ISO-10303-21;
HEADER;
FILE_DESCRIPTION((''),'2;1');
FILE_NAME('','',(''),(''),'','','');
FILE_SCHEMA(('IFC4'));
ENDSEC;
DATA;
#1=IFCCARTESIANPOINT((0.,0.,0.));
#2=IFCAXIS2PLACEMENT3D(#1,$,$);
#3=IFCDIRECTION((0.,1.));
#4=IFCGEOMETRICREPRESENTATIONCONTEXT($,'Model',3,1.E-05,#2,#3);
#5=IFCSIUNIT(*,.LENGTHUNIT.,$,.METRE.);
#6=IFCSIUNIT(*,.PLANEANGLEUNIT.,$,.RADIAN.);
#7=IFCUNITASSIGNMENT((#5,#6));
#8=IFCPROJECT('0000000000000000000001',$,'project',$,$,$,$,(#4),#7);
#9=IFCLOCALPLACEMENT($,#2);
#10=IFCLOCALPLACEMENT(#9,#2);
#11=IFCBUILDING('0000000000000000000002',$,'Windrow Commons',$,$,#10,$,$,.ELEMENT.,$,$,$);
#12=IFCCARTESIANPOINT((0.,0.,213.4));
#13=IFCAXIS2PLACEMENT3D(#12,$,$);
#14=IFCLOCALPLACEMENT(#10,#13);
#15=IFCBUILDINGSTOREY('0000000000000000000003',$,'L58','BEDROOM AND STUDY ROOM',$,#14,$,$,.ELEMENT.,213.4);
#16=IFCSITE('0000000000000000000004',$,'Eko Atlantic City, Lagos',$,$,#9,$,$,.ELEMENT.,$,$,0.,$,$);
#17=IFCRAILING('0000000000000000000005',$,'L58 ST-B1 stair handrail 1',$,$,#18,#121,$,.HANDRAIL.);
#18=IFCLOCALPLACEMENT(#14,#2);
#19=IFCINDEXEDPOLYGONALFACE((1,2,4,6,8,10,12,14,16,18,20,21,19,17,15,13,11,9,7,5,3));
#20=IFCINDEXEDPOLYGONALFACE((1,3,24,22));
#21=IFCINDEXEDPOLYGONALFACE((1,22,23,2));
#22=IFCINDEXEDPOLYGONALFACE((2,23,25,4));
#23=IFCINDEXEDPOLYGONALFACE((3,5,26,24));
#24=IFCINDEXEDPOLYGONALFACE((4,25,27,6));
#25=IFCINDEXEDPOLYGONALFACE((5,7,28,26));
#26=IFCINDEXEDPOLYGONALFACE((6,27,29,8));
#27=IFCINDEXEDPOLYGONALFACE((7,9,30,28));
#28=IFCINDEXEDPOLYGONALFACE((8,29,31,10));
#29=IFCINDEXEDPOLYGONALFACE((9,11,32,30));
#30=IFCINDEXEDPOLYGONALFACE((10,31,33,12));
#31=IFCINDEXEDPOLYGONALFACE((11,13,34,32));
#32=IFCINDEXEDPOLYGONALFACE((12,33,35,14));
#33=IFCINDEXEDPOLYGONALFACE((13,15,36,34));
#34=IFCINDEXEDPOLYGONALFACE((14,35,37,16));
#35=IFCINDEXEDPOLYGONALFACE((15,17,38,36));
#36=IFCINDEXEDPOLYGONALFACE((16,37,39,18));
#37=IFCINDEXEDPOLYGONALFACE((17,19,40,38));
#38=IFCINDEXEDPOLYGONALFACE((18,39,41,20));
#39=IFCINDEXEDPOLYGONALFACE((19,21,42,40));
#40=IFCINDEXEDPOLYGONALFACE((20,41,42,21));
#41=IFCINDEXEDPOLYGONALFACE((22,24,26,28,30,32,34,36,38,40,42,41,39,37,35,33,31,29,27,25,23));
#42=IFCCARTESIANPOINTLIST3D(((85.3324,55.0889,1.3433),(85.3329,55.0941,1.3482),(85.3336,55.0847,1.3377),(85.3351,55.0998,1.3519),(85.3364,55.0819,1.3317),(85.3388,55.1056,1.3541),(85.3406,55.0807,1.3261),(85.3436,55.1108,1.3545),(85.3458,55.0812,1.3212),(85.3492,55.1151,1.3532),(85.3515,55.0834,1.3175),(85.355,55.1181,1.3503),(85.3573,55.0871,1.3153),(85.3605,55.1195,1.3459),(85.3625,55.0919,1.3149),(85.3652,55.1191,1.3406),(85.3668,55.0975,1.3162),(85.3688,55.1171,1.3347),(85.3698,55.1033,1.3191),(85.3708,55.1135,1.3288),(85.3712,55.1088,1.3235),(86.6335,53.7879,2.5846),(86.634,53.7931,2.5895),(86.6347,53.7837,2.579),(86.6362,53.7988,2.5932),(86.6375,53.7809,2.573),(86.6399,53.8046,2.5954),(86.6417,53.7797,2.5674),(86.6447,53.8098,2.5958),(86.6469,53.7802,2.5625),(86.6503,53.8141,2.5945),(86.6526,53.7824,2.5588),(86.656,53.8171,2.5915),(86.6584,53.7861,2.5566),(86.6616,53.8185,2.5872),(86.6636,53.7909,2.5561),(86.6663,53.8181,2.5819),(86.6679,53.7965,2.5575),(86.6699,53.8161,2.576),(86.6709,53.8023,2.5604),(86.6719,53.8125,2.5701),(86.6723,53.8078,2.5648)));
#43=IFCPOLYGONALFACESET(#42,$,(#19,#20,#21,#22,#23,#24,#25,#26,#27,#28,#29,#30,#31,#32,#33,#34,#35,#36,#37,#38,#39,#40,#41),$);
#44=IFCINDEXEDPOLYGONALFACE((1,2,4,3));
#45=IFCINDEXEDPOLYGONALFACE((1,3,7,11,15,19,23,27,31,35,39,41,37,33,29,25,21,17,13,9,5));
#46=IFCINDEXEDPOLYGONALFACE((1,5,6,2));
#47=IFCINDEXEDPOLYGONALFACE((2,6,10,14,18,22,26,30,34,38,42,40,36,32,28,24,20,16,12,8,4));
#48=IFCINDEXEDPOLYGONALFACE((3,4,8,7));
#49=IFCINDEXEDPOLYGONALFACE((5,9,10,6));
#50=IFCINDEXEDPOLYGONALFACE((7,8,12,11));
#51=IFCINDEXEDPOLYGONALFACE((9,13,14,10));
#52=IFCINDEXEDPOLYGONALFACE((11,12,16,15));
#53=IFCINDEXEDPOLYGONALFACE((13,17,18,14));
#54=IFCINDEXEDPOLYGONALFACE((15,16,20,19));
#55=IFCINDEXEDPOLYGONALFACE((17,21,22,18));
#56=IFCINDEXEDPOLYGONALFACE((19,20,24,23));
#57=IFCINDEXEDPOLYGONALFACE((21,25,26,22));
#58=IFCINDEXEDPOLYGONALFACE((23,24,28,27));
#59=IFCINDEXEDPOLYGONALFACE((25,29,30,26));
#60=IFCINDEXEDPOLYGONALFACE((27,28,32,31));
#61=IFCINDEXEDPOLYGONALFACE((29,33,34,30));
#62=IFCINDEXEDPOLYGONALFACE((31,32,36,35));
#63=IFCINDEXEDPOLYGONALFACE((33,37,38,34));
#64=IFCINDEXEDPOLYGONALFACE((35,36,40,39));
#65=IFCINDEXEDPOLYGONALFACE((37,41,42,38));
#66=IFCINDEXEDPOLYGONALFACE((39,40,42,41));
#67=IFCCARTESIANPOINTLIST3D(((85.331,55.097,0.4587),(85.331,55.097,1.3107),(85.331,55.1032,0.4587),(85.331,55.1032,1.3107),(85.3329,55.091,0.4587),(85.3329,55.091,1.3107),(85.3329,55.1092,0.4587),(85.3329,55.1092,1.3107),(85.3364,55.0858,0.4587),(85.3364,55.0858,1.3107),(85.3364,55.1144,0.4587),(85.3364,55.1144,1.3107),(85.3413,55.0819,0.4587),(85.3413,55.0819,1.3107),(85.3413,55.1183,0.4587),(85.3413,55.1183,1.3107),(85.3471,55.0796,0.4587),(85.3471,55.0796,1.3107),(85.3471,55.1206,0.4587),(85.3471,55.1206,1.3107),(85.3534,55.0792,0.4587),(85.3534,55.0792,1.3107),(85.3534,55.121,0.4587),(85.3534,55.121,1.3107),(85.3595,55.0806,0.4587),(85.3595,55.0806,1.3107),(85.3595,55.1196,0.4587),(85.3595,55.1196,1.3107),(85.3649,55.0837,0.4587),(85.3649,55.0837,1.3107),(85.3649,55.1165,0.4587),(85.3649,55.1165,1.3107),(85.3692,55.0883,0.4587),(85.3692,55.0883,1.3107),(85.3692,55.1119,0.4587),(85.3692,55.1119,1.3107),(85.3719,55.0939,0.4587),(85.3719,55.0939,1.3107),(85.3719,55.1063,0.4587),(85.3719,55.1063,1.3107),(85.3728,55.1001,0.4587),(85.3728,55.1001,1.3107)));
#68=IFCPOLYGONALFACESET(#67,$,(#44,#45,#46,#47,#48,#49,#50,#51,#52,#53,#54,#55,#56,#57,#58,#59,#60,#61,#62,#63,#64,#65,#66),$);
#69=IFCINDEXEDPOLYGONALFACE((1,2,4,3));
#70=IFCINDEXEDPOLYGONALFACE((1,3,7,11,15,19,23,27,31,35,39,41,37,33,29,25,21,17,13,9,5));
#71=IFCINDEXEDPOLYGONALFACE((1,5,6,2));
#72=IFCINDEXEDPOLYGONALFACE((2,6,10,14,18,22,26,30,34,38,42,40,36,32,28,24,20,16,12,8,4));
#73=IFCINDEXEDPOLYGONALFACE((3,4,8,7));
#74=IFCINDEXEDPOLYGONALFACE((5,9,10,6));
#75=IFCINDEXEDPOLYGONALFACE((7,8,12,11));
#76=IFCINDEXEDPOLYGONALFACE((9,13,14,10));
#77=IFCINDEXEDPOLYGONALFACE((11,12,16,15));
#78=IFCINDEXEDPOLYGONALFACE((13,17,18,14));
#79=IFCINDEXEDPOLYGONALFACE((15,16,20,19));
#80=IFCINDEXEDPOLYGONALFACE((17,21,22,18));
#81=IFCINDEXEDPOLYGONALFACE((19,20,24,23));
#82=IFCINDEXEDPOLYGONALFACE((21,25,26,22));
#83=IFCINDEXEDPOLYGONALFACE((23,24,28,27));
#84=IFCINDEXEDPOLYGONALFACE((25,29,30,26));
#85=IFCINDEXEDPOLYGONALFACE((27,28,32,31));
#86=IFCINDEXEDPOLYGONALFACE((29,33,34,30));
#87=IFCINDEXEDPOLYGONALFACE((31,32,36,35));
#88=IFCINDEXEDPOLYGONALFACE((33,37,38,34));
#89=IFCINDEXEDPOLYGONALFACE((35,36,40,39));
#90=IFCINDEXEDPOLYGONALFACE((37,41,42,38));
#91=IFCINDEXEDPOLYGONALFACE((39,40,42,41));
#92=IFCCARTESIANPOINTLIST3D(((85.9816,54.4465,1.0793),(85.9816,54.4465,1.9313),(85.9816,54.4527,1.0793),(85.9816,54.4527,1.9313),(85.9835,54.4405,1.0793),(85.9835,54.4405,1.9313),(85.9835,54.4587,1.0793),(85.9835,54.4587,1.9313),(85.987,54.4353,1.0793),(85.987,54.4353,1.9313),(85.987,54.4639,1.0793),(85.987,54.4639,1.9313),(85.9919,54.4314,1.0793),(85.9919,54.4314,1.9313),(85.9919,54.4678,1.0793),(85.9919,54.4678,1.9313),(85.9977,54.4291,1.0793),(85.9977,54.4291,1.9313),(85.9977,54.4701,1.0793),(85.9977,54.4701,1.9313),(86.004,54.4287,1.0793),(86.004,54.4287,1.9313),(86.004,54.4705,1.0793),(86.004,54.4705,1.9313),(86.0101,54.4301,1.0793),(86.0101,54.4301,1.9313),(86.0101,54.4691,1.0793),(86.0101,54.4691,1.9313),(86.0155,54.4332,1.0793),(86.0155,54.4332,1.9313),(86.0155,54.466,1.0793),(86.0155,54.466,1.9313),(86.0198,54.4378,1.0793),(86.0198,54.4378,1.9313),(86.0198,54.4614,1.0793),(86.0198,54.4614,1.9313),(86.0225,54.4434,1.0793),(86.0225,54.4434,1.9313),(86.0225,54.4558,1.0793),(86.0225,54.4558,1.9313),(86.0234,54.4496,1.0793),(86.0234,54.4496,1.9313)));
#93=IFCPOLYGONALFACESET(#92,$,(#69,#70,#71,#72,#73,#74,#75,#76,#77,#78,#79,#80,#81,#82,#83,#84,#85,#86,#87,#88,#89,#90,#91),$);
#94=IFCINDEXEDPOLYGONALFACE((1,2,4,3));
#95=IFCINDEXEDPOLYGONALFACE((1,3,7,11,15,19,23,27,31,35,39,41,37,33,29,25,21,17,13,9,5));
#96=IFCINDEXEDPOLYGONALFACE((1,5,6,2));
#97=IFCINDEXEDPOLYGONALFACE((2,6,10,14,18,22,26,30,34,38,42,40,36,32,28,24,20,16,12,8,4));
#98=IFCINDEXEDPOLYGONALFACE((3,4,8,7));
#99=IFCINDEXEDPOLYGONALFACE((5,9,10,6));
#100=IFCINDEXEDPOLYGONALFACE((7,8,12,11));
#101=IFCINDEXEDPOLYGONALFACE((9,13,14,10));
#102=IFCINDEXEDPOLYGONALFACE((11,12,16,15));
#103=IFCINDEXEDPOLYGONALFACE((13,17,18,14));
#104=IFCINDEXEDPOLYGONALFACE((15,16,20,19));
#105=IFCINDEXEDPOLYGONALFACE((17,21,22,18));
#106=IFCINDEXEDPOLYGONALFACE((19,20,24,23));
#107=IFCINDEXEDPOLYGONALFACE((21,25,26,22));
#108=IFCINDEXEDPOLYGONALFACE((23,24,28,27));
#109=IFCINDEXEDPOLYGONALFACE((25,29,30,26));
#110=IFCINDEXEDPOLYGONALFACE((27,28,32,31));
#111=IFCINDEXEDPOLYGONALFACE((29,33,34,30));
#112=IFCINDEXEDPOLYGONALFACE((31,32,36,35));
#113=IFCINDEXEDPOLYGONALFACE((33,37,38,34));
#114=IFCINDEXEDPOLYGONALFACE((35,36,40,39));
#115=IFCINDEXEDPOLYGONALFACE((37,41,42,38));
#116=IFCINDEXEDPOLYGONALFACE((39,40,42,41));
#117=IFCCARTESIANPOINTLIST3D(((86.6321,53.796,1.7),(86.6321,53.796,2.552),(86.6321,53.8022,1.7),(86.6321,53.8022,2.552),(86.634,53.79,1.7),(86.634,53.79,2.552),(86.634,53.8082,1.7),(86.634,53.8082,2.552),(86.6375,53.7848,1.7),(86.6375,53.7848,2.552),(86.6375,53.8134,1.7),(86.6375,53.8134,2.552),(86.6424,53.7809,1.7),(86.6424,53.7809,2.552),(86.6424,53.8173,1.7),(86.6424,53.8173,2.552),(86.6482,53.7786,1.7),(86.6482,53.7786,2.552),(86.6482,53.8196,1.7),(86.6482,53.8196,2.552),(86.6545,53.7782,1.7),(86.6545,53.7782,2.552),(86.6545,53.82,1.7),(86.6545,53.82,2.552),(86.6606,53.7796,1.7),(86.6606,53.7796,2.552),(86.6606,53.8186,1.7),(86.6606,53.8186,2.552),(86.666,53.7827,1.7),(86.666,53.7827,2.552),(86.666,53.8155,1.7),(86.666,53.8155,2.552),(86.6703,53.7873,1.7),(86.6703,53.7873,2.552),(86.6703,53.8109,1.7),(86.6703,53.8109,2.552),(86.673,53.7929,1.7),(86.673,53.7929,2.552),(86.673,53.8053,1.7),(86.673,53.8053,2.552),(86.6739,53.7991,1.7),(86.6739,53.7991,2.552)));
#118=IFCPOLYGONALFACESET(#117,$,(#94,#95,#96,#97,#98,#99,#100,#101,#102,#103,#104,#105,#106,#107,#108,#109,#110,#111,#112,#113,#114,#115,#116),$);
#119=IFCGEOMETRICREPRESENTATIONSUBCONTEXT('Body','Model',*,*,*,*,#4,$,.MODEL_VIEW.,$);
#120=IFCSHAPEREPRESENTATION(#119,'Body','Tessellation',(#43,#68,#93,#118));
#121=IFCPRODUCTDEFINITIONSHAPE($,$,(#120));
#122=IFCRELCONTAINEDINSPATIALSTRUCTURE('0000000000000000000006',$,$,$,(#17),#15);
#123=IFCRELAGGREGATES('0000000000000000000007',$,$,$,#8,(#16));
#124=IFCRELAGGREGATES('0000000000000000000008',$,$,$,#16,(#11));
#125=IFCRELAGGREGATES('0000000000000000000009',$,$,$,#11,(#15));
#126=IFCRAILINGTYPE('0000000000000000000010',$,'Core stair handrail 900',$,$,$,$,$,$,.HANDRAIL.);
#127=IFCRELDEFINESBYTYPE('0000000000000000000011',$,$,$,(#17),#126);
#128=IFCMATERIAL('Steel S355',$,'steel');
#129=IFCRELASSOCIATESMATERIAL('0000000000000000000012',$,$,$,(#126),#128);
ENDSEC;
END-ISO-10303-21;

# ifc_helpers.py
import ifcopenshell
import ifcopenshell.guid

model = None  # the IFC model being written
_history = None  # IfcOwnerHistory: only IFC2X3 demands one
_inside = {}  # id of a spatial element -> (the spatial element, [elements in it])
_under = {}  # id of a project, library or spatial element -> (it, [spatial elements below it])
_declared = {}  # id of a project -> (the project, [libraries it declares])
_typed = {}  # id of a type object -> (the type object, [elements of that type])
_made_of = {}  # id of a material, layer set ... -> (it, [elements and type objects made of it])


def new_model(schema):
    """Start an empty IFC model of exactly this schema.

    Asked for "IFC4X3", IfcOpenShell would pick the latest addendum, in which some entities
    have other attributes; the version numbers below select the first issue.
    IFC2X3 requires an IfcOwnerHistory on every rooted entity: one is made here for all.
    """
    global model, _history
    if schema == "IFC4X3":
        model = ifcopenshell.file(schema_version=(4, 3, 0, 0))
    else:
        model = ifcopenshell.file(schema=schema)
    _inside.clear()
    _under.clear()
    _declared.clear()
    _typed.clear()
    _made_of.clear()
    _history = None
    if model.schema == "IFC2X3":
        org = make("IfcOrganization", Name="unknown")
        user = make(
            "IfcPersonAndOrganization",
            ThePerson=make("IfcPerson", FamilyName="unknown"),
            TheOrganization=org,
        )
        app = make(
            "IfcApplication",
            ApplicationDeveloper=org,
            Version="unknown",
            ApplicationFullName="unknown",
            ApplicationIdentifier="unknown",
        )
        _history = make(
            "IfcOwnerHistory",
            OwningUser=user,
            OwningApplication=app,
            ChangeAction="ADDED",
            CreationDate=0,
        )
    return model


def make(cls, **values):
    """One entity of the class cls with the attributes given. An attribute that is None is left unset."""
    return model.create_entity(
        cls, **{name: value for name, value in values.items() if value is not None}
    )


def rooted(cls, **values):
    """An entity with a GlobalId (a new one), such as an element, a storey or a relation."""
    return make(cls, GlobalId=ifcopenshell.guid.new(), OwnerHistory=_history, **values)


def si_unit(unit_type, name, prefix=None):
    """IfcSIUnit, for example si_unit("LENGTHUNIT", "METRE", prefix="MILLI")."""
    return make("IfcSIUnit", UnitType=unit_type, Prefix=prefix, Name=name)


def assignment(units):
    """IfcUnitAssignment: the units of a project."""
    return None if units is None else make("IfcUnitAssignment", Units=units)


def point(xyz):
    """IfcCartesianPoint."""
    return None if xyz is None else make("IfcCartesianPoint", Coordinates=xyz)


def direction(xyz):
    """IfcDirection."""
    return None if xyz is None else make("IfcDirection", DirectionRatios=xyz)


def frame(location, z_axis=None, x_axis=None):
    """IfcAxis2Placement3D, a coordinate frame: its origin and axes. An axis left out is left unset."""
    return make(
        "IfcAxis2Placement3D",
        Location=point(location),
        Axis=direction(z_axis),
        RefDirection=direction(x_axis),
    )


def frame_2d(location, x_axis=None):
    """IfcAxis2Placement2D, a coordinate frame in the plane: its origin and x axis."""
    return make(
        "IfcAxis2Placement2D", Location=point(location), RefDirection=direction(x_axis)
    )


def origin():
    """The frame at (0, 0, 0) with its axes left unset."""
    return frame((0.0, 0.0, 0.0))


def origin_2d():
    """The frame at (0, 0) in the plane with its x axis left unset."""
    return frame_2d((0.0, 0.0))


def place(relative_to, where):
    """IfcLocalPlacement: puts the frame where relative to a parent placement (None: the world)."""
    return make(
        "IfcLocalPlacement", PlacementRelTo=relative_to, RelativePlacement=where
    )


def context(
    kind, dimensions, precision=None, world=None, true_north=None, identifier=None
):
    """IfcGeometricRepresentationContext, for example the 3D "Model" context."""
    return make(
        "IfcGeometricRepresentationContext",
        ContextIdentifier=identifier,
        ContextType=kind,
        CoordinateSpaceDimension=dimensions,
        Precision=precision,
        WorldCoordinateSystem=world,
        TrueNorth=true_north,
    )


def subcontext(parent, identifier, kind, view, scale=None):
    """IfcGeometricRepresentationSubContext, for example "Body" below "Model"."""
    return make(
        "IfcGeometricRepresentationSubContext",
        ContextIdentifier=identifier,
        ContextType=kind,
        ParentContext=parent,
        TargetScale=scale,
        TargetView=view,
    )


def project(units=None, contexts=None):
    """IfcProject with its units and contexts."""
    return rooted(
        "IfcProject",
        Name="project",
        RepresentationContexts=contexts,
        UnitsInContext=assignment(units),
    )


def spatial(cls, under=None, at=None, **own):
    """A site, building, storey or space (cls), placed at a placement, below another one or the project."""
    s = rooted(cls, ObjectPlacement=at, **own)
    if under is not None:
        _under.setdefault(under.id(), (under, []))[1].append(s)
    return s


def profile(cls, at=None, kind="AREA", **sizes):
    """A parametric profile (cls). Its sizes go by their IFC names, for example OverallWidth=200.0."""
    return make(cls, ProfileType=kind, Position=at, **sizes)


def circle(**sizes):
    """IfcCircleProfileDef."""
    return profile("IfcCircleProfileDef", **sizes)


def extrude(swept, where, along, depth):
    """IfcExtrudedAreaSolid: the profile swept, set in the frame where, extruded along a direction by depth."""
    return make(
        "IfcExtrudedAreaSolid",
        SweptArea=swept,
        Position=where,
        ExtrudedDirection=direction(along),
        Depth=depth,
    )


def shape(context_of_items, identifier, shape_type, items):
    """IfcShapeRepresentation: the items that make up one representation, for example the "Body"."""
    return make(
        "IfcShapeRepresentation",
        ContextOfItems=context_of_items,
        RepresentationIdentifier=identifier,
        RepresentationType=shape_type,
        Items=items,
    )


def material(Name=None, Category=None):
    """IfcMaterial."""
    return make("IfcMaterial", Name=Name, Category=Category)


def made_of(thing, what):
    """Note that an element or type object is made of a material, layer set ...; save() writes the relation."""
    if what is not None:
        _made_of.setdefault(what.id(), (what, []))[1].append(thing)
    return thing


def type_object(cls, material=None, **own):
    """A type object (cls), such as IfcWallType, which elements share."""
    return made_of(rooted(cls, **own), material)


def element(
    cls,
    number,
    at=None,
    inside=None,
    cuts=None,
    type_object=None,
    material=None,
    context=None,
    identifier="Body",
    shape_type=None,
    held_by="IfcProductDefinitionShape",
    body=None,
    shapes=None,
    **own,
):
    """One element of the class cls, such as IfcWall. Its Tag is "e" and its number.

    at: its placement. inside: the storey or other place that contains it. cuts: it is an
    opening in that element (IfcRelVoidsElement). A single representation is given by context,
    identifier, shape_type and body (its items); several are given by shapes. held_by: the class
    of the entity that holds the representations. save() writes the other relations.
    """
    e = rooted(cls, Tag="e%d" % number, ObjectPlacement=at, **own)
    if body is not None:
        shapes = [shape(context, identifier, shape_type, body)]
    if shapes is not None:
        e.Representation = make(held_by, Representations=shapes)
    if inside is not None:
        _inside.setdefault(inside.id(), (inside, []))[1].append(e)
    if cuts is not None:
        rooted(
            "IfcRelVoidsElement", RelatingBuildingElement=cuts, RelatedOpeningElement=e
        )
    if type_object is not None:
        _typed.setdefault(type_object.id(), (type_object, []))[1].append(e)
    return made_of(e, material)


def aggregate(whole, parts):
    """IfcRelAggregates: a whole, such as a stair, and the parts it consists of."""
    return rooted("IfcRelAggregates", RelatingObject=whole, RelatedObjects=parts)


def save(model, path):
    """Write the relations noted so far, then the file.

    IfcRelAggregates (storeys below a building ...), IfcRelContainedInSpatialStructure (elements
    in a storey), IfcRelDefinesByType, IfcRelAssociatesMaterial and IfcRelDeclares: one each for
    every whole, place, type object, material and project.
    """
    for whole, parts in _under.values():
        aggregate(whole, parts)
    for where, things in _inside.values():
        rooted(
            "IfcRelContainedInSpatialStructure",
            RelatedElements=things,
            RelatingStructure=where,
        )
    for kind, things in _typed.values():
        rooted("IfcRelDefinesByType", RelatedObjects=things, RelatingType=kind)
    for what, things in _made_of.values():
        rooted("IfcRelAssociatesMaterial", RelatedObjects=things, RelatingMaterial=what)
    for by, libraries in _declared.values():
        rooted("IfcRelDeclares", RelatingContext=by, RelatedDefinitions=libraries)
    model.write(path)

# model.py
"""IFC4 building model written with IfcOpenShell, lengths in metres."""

from ifc_helpers import new_model, si_unit, direction, frame, origin, origin_2d, place, context, subcontext, project, spatial, circle, extrude, material, type_object, element, save


model = new_model("IFC4")

# Units and contexts
model_context = context("Model", 3, precision=1e-05, world=origin(), true_north=direction((0.0, 1.0)))
body_context = subcontext(model_context, "Body", "Model", "MODEL_VIEW")
ifc_project = project(units=[si_unit("LENGTHUNIT", "METRE"), si_unit("PLANEANGLEUNIT", "RADIAN")], contexts=[model_context])

# Site, building, storey
site_placement = place(None, origin())
site = spatial("IfcSite", under=ifc_project, at=site_placement, Name="Eko Atlantic City, Lagos", CompositionType="ELEMENT", RefElevation=0.0)
building_placement = place(site_placement, origin())
building = spatial("IfcBuilding", under=site, at=building_placement, Name="Windrow Commons", CompositionType="ELEMENT")
storey_placement = place(building_placement, frame((0.0, 0.0, 213.4)))
storey = spatial("IfcBuildingStorey", under=building, at=storey_placement, Name="L58", Description="BEDROOM AND STUDY ROOM", CompositionType="ELEMENT", Elevation=213.4)

# Railing
ifc_material_1 = material(Name="Steel S355", Category="steel")
railing_type_1 = type_object("IfcRailingType", Name="Core stair handrail 900", PredefinedType="HANDRAIL", material=ifc_material_1)
railing_1_placement = place(storey_placement, frame((85.3518, 55.1001, 0.4587)))
element("IfcRailing", 1, at=railing_1_placement, inside=storey, type_object=railing_type_1, Name="L58 ST-B1 stair handrail 1", PredefinedType="HANDRAIL", context=body_context, shape_type="SweptSolid", body=[
    extrude(circle(Radius=0.024, at=origin_2d()), frame((0.0, 0.0, 0.876), z_axis=(0.586207, -0.586162, 0.559264), x_axis=(0.70708, 0.707134, 0.0)), (0.0, 0.0, 1.0), 2.2195),
    extrude(circle(Radius=0.021, at=origin_2d()), origin(), (0.0, 0.0, 1.0), 0.852),
    extrude(circle(Radius=0.021, at=origin_2d()), frame((0.6506, -0.6505, 0.6206)), (0.0, 0.0, 1.0), 0.852),
    extrude(circle(Radius=0.021, at=origin_2d()), frame((1.3011, -1.301, 1.2413)), (0.0, 0.0, 1.0), 0.852),
])

save(model, "model.ifc")
